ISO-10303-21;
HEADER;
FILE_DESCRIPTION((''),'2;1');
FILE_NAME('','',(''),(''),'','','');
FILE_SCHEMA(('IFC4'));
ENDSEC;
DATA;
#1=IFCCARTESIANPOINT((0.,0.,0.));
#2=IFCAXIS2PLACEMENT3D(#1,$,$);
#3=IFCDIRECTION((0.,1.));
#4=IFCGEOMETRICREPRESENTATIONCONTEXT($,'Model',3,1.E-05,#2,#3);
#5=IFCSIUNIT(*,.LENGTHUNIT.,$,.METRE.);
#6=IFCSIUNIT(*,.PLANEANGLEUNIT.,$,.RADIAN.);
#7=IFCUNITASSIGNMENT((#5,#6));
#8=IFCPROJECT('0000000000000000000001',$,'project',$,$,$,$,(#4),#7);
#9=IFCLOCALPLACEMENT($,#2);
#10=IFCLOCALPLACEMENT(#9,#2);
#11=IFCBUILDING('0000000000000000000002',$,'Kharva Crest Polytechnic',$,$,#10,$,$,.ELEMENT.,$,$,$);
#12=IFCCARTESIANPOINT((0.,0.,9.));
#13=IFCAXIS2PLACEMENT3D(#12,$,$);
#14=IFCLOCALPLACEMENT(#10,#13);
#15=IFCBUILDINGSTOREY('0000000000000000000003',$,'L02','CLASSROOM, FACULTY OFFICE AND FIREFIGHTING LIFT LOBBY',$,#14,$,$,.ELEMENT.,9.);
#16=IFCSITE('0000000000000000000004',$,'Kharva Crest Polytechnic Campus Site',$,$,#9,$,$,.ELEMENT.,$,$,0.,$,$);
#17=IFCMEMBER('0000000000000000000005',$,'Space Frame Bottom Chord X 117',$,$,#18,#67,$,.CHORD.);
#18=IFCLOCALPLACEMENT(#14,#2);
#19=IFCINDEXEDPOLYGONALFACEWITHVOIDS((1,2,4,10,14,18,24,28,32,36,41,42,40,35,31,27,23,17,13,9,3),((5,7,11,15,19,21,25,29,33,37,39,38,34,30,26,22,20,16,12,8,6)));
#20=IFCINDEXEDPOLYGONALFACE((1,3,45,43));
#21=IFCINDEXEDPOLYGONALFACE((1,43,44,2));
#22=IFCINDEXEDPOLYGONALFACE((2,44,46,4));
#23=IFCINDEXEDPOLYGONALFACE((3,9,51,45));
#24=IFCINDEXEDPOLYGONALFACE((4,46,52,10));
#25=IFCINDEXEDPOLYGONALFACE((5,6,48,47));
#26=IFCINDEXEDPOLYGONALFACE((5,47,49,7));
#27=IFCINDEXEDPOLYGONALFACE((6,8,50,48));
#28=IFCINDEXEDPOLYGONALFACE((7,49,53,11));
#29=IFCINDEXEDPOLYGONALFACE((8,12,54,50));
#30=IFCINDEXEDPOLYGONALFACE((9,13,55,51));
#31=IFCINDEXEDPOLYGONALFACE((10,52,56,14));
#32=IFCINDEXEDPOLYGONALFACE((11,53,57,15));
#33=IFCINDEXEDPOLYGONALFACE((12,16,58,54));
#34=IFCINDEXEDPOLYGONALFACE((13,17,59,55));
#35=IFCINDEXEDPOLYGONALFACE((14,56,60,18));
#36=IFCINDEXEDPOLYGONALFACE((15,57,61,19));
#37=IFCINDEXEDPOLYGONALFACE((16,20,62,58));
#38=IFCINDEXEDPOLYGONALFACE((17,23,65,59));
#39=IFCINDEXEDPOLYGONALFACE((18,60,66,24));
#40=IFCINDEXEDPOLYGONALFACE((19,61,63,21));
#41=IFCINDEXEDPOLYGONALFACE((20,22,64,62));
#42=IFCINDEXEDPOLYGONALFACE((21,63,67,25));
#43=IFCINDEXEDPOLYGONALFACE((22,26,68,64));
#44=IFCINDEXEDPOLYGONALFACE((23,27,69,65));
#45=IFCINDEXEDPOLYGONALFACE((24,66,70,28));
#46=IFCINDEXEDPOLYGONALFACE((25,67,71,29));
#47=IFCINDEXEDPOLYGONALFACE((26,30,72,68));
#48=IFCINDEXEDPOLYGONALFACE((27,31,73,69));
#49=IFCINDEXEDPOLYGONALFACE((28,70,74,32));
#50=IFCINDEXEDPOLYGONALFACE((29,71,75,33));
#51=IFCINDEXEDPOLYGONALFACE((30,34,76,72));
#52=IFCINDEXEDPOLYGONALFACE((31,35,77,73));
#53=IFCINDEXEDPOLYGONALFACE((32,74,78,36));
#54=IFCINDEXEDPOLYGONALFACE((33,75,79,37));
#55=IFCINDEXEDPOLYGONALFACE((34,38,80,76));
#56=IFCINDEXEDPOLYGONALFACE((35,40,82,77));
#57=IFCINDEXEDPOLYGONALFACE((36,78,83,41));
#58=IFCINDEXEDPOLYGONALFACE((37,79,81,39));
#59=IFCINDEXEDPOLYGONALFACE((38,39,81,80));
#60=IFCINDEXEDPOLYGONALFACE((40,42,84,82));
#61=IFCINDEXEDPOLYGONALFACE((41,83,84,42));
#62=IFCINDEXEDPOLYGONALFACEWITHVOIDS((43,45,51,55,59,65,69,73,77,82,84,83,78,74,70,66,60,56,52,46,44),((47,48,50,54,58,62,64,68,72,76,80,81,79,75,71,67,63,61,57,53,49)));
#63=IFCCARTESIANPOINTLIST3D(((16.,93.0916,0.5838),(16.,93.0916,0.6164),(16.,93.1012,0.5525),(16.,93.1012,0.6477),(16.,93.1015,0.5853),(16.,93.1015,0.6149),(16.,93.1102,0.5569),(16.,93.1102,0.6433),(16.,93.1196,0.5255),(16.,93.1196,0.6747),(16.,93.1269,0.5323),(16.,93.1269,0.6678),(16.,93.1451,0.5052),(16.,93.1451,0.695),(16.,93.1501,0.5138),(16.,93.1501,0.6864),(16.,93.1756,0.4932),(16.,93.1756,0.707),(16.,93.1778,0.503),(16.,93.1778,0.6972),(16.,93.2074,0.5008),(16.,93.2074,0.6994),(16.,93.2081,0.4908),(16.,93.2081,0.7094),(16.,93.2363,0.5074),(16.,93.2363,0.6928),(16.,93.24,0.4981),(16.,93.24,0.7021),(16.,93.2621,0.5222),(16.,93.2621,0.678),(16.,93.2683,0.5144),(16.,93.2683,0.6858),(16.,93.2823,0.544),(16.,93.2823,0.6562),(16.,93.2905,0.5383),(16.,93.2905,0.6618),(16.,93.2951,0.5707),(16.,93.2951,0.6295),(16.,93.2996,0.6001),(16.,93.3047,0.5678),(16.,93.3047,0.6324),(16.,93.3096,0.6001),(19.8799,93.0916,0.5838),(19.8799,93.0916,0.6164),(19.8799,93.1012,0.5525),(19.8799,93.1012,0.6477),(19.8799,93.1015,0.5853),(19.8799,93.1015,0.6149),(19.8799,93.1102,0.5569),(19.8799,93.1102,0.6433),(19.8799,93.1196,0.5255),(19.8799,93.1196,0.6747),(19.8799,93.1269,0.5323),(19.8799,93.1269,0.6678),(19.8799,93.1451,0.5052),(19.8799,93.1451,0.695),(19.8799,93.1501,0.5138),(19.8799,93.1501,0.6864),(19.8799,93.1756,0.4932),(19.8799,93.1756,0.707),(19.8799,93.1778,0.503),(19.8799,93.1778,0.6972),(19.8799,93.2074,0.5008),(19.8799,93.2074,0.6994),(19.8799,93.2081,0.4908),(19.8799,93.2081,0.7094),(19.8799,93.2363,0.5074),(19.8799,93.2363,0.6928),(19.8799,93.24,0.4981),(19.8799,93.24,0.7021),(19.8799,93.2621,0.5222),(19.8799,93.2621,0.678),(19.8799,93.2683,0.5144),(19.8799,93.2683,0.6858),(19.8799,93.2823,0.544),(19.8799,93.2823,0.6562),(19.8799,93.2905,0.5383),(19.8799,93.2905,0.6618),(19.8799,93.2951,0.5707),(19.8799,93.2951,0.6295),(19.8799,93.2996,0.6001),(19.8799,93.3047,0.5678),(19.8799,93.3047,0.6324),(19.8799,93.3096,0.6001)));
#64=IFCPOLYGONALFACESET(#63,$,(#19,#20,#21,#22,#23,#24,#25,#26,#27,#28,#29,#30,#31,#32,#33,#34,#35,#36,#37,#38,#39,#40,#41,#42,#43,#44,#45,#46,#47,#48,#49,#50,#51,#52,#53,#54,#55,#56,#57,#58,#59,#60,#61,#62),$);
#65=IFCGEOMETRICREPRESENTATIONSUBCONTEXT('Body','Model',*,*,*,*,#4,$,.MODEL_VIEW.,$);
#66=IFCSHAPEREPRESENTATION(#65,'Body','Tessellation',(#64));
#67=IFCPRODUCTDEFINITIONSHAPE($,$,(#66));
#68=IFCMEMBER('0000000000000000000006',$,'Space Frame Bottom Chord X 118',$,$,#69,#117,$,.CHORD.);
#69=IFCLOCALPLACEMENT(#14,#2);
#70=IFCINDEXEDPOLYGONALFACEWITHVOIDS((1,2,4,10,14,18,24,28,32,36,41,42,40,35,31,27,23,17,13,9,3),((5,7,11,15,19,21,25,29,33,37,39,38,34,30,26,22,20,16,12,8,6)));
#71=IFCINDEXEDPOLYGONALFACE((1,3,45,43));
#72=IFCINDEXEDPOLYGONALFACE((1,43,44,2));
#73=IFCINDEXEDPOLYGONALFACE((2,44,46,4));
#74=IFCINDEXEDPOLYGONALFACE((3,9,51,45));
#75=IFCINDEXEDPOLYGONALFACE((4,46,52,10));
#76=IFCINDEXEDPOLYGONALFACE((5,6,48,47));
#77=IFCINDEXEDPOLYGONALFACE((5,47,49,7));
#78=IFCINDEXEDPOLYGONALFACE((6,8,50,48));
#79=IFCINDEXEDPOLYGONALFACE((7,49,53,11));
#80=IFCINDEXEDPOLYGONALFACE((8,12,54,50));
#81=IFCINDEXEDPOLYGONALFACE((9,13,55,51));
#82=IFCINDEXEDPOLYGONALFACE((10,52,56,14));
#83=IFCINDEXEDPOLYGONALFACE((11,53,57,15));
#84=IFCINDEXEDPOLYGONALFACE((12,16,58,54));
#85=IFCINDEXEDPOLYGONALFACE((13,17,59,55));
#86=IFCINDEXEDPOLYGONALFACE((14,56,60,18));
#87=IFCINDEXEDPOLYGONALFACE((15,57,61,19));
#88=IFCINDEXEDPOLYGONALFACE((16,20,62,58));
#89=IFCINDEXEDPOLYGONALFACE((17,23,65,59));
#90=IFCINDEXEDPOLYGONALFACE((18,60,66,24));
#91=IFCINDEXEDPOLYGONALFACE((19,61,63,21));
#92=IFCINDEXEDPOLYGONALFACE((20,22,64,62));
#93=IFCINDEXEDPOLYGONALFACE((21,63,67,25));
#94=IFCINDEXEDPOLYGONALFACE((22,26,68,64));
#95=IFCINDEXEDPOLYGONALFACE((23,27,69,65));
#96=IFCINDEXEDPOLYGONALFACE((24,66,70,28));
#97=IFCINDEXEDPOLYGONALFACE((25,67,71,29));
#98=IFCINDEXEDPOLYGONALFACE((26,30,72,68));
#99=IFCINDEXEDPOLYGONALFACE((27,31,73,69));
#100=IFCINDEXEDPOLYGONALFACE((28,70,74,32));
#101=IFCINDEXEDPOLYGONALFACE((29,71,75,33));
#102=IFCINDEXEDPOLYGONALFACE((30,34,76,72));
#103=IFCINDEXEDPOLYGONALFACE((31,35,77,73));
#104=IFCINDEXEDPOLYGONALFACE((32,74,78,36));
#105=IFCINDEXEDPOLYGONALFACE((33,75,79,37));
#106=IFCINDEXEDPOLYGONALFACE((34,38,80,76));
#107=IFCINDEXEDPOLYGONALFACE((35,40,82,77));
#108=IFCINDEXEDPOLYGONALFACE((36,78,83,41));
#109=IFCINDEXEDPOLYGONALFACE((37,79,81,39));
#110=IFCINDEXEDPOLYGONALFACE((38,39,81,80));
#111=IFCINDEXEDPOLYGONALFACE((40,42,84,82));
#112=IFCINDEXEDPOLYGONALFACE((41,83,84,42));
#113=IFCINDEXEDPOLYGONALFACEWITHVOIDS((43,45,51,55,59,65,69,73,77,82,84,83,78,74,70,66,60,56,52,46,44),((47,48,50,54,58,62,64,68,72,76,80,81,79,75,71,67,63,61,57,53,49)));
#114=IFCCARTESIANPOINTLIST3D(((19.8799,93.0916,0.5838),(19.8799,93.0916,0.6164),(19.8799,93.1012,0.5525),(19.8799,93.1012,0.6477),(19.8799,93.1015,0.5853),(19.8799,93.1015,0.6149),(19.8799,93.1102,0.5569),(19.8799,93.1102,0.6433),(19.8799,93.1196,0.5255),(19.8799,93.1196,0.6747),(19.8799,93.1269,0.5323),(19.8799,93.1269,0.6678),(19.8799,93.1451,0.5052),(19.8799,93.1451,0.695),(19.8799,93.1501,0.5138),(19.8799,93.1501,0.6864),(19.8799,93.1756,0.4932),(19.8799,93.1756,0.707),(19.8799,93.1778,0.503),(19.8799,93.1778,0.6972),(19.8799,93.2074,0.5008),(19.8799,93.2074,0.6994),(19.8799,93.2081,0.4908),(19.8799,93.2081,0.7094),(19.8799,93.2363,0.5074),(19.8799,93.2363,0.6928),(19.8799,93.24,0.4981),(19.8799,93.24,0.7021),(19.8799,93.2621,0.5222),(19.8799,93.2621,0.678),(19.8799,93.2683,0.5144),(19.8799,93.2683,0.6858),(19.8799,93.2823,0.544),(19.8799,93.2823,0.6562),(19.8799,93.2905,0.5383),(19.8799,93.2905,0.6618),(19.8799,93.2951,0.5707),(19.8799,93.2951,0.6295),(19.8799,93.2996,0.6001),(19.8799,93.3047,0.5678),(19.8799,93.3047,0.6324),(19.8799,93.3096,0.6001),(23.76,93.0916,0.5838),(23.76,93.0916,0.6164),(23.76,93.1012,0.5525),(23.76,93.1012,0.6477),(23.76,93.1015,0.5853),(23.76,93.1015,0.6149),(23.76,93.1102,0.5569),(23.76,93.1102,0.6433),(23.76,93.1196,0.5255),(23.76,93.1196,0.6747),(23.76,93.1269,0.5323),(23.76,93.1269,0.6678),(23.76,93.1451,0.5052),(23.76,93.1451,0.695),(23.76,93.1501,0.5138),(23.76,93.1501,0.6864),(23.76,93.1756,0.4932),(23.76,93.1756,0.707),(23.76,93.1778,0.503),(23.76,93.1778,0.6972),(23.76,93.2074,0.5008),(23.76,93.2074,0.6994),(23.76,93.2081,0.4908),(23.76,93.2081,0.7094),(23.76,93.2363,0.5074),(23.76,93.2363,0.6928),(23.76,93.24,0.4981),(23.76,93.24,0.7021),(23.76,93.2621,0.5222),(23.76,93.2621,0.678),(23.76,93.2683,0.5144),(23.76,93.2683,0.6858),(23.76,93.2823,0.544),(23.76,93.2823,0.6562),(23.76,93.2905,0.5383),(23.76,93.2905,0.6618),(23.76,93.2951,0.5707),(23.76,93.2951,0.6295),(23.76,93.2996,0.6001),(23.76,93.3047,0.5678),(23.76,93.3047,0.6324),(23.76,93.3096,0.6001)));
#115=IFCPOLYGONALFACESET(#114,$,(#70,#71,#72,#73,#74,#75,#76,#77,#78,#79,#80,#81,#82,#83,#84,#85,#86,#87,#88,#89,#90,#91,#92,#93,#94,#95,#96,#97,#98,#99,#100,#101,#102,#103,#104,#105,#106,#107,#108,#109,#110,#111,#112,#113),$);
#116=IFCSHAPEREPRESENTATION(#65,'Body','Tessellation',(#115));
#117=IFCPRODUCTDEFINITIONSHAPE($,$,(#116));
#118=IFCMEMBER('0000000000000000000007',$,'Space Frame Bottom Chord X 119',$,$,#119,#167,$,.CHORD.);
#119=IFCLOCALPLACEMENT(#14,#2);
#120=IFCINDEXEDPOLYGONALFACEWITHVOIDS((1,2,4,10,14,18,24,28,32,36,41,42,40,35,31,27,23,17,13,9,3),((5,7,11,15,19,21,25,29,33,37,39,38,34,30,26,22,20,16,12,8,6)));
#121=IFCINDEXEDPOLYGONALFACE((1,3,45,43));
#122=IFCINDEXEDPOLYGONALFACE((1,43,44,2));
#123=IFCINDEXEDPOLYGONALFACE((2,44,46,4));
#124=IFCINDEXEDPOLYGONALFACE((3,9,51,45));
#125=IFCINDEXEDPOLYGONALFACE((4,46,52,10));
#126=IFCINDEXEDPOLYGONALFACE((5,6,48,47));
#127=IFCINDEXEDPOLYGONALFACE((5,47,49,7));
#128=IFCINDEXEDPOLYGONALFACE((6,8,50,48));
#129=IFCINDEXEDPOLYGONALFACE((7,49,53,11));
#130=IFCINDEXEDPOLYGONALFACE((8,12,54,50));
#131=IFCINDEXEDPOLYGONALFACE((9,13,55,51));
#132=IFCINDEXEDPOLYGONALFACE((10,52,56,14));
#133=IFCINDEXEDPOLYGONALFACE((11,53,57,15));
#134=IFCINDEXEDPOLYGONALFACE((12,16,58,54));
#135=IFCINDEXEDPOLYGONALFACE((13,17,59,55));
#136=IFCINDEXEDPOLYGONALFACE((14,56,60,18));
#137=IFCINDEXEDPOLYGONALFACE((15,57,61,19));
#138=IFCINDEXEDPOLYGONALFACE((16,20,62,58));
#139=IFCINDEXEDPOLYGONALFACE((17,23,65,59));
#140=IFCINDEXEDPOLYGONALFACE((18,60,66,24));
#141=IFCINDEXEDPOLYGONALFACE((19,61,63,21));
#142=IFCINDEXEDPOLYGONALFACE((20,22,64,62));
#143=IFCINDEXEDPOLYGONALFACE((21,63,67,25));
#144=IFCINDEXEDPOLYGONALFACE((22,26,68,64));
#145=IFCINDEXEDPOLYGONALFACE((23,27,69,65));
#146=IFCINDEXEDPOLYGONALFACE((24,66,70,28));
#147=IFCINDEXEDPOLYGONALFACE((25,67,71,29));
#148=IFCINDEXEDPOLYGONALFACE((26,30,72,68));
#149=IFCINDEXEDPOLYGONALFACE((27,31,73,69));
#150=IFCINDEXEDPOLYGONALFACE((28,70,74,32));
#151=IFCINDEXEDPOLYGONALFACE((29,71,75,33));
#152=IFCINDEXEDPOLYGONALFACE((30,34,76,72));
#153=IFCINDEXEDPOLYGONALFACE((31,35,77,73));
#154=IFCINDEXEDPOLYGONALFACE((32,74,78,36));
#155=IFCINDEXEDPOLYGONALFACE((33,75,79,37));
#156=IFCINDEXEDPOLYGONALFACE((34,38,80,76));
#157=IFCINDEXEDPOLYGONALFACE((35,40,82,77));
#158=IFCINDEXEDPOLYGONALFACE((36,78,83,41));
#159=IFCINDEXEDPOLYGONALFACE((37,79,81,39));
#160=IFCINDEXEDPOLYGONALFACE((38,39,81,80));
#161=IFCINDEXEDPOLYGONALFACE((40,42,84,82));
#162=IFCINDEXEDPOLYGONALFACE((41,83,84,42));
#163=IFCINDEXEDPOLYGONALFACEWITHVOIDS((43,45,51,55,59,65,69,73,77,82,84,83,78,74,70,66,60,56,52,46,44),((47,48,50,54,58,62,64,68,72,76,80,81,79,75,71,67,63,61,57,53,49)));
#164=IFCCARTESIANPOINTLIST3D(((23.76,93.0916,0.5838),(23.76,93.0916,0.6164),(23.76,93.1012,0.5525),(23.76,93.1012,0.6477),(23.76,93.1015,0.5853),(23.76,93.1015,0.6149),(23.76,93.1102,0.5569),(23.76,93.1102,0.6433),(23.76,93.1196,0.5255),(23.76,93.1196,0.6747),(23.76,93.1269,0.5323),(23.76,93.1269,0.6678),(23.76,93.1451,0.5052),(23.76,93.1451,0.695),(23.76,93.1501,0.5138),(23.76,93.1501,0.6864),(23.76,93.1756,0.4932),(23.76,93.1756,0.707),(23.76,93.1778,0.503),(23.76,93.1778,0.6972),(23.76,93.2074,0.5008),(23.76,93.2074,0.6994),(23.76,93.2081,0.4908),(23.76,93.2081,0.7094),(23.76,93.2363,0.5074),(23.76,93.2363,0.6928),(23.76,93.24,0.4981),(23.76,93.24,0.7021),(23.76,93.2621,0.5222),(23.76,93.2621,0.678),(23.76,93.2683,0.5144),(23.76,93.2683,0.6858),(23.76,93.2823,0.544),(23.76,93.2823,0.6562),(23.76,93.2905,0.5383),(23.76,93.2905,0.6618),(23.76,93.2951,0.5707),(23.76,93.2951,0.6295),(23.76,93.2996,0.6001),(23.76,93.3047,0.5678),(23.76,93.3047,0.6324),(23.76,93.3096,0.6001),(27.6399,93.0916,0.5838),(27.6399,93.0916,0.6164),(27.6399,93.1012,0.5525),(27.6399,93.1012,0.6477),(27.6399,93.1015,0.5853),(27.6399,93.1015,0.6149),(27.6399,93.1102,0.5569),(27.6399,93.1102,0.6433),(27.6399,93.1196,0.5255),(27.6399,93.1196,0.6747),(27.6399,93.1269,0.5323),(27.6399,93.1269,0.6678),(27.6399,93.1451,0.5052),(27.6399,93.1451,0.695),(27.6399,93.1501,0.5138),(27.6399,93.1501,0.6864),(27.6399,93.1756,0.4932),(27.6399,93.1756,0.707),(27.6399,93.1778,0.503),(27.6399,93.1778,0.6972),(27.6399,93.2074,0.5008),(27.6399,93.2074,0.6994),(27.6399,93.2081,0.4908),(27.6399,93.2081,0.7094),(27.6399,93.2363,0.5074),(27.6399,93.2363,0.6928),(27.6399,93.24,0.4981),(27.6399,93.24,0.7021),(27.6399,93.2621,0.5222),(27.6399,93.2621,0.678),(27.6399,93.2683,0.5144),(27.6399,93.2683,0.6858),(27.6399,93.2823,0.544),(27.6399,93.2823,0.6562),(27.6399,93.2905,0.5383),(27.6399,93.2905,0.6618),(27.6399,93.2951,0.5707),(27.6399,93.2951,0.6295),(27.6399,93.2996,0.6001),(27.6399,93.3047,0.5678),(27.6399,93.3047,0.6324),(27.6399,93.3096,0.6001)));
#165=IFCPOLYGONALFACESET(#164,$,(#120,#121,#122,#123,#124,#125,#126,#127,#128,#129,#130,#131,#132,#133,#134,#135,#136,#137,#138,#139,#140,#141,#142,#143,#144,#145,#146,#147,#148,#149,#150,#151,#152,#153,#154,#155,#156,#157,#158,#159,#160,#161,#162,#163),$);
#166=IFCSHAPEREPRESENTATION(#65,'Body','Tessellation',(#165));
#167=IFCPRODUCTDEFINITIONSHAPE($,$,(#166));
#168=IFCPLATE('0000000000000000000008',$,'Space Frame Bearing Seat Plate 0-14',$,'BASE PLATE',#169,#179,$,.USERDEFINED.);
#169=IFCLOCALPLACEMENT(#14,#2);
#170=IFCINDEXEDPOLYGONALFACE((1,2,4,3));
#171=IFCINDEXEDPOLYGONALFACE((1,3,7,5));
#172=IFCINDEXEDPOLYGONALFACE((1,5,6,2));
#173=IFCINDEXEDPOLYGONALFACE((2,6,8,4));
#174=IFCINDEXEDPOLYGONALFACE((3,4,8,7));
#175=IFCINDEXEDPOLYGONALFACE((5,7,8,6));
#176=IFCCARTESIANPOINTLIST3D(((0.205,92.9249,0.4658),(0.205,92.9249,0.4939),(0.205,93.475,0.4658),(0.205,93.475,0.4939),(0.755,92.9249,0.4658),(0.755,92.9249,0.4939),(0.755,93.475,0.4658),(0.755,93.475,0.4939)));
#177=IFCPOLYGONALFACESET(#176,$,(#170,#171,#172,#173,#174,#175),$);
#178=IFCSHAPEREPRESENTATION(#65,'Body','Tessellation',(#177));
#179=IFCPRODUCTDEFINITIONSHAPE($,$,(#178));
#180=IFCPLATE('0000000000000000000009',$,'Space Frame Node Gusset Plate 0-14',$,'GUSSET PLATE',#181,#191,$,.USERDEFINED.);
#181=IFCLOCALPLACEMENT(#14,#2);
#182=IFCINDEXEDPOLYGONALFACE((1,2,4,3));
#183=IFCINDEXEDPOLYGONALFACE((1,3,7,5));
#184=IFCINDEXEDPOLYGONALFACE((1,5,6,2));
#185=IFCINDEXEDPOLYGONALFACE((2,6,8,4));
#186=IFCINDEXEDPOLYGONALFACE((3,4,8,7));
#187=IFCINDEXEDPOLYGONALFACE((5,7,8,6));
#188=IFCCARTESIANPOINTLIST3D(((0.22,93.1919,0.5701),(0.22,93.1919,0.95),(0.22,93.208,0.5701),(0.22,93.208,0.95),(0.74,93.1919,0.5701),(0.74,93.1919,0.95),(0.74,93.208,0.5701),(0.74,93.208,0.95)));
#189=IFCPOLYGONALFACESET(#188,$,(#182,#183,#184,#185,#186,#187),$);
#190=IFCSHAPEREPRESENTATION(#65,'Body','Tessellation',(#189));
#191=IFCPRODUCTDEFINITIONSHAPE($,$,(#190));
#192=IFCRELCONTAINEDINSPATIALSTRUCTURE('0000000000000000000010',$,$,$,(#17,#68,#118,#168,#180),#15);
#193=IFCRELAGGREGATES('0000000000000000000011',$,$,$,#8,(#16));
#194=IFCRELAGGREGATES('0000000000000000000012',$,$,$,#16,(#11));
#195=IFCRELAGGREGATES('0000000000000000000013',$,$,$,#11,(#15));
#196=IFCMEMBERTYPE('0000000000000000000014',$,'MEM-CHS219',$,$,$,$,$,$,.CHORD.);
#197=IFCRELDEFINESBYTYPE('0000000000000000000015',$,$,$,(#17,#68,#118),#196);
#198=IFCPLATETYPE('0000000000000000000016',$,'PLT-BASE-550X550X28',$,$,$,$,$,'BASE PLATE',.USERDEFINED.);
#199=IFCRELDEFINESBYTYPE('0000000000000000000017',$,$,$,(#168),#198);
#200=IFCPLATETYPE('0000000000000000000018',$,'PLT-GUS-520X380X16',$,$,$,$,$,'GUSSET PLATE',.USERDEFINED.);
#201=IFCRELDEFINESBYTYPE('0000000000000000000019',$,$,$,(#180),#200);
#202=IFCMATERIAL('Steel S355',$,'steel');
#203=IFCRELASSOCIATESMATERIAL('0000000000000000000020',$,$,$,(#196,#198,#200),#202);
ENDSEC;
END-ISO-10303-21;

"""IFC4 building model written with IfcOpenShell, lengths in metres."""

from ifc_helpers import new_model, si_unit, direction, frame, origin, origin_2d, place, context, subcontext, project, spatial, rectangle, hollow_circle, extrude, material, material_profile, profile_set, type_object, element, save


model = new_model("IFC4")

# Units and contexts
model_context = context("Model", 3, precision=1e-05, world=origin(), true_north=direction((0.0, 1.0)))
body_context = subcontext(model_context, "Body", "Model", "MODEL_VIEW")
ifc_project = project(units=[si_unit("LENGTHUNIT", "METRE"), si_unit("PLANEANGLEUNIT", "RADIAN")], contexts=[model_context])

# Site, building, storey
site_placement = place(None, origin())
site = spatial("IfcSite", under=ifc_project, at=site_placement, Name="Kharva Crest Polytechnic Campus Site", CompositionType="ELEMENT", RefElevation=0.0)
building_placement = place(site_placement, origin())
building = spatial("IfcBuilding", under=site, at=building_placement, Name="Kharva Crest Polytechnic", CompositionType="ELEMENT")
storey_placement = place(building_placement, frame((0.0, 0.0, 9.0)))
storey = spatial("IfcBuildingStorey", under=building, at=storey_placement, Name="L02", Description="CLASSROOM, FACULTY OFFICE AND FIREFIGHTING LIFT LOBBY", CompositionType="ELEMENT", Elevation=9.0)

# Members
ifc_material = material(Name="Steel S355", Category="steel")
ifc_material_profile_1 = material_profile(ifc_material, hollow_circle(Radius=0.1096, WallThickness=0.01, at=origin_2d()), Name="CHS 219.1X10.0")
ifc_profile_set_1 = profile_set([ifc_material_profile_1], Name="Steel S355")
member_type_1 = type_object("IfcMemberType", Name="MEM-CHS219", PredefinedType="CHORD", material=ifc_profile_set_1)
for number, where, z_axis, x_axis, name in (
    (1, (16.0, 93.2, 0.6001), (1.0, 0.0, 0.0), (0.0, 1.0, 0.0), "Space Frame Bottom Chord X 117"),
):
    element("IfcMember", number, at=place(storey_placement, frame(where, z_axis=z_axis, x_axis=x_axis)), inside=storey, type_object=member_type_1, Name=name, PredefinedType="CHORD", context=body_context, shape_type="SweptSolid", body=[
        extrude(hollow_circle(Radius=0.1096, WallThickness=0.01, at=origin_2d()), origin(), (0.0, 0.0, 1.0), 3.8799),
    ])
member_1_placement = place(storey_placement, frame((19.8799, 93.2, 0.6001), z_axis=(1.0, 0.0, 0.0), x_axis=(0.0, 1.0, 0.0)))
element("IfcMember", 2, at=member_1_placement, inside=storey, type_object=member_type_1, Name="Space Frame Bottom Chord X 118", PredefinedType="CHORD", context=body_context, shape_type="SweptSolid", body=[
    extrude(hollow_circle(Radius=0.1096, WallThickness=0.01, at=origin_2d()), origin(), (0.0, 0.0, 1.0), 3.8801),
])
member_2_placement = place(storey_placement, frame((23.76, 93.2, 0.6001), z_axis=(1.0, 0.0, 0.0), x_axis=(0.0, 1.0, 0.0)))
element("IfcMember", 3, at=member_2_placement, inside=storey, type_object=member_type_1, Name="Space Frame Bottom Chord X 119", PredefinedType="CHORD", context=body_context, shape_type="SweptSolid", body=[
    extrude(hollow_circle(Radius=0.1096, WallThickness=0.01, at=origin_2d()), origin(), (0.0, 0.0, 1.0), 3.8799),
])

# Plates
plate_type_1 = type_object("IfcPlateType", Name="PLT-BASE-550X550X28", ElementType="BASE PLATE", PredefinedType="USERDEFINED", material=ifc_material)
plate_1_placement = place(storey_placement, frame((0.48, 93.2, 0.4658), z_axis=(0.0, 0.0, 1.0), x_axis=(1.0, 0.0, 0.0)))
element("IfcPlate", 4, at=plate_1_placement, inside=storey, type_object=plate_type_1, Name="Space Frame Bearing Seat Plate 0-14", ObjectType="BASE PLATE", PredefinedType="USERDEFINED", context=body_context, shape_type="SweptSolid", body=[
    extrude(rectangle(XDim=0.55, YDim=0.55, at=origin_2d()), origin(), (0.0, 0.0, 1.0), 0.0281),
])
plate_type_2 = type_object("IfcPlateType", Name="PLT-GUS-520X380X16", ElementType="GUSSET PLATE", PredefinedType="USERDEFINED", material=ifc_material)
plate_2_placement = place(storey_placement, frame((0.48, 93.2, 0.5701), z_axis=(0.0, 0.0, 1.0), x_axis=(1.0, 0.0, 0.0)))
element("IfcPlate", 5, at=plate_2_placement, inside=storey, type_object=plate_type_2, Name="Space Frame Node Gusset Plate 0-14", ObjectType="GUSSET PLATE", PredefinedType="USERDEFINED", context=body_context, shape_type="SweptSolid", body=[
    extrude(rectangle(XDim=0.52, YDim=0.0161, at=origin_2d()), origin(), (0.0, 0.0, 1.0), 0.3799),
])

save(model, "model.ifc")
